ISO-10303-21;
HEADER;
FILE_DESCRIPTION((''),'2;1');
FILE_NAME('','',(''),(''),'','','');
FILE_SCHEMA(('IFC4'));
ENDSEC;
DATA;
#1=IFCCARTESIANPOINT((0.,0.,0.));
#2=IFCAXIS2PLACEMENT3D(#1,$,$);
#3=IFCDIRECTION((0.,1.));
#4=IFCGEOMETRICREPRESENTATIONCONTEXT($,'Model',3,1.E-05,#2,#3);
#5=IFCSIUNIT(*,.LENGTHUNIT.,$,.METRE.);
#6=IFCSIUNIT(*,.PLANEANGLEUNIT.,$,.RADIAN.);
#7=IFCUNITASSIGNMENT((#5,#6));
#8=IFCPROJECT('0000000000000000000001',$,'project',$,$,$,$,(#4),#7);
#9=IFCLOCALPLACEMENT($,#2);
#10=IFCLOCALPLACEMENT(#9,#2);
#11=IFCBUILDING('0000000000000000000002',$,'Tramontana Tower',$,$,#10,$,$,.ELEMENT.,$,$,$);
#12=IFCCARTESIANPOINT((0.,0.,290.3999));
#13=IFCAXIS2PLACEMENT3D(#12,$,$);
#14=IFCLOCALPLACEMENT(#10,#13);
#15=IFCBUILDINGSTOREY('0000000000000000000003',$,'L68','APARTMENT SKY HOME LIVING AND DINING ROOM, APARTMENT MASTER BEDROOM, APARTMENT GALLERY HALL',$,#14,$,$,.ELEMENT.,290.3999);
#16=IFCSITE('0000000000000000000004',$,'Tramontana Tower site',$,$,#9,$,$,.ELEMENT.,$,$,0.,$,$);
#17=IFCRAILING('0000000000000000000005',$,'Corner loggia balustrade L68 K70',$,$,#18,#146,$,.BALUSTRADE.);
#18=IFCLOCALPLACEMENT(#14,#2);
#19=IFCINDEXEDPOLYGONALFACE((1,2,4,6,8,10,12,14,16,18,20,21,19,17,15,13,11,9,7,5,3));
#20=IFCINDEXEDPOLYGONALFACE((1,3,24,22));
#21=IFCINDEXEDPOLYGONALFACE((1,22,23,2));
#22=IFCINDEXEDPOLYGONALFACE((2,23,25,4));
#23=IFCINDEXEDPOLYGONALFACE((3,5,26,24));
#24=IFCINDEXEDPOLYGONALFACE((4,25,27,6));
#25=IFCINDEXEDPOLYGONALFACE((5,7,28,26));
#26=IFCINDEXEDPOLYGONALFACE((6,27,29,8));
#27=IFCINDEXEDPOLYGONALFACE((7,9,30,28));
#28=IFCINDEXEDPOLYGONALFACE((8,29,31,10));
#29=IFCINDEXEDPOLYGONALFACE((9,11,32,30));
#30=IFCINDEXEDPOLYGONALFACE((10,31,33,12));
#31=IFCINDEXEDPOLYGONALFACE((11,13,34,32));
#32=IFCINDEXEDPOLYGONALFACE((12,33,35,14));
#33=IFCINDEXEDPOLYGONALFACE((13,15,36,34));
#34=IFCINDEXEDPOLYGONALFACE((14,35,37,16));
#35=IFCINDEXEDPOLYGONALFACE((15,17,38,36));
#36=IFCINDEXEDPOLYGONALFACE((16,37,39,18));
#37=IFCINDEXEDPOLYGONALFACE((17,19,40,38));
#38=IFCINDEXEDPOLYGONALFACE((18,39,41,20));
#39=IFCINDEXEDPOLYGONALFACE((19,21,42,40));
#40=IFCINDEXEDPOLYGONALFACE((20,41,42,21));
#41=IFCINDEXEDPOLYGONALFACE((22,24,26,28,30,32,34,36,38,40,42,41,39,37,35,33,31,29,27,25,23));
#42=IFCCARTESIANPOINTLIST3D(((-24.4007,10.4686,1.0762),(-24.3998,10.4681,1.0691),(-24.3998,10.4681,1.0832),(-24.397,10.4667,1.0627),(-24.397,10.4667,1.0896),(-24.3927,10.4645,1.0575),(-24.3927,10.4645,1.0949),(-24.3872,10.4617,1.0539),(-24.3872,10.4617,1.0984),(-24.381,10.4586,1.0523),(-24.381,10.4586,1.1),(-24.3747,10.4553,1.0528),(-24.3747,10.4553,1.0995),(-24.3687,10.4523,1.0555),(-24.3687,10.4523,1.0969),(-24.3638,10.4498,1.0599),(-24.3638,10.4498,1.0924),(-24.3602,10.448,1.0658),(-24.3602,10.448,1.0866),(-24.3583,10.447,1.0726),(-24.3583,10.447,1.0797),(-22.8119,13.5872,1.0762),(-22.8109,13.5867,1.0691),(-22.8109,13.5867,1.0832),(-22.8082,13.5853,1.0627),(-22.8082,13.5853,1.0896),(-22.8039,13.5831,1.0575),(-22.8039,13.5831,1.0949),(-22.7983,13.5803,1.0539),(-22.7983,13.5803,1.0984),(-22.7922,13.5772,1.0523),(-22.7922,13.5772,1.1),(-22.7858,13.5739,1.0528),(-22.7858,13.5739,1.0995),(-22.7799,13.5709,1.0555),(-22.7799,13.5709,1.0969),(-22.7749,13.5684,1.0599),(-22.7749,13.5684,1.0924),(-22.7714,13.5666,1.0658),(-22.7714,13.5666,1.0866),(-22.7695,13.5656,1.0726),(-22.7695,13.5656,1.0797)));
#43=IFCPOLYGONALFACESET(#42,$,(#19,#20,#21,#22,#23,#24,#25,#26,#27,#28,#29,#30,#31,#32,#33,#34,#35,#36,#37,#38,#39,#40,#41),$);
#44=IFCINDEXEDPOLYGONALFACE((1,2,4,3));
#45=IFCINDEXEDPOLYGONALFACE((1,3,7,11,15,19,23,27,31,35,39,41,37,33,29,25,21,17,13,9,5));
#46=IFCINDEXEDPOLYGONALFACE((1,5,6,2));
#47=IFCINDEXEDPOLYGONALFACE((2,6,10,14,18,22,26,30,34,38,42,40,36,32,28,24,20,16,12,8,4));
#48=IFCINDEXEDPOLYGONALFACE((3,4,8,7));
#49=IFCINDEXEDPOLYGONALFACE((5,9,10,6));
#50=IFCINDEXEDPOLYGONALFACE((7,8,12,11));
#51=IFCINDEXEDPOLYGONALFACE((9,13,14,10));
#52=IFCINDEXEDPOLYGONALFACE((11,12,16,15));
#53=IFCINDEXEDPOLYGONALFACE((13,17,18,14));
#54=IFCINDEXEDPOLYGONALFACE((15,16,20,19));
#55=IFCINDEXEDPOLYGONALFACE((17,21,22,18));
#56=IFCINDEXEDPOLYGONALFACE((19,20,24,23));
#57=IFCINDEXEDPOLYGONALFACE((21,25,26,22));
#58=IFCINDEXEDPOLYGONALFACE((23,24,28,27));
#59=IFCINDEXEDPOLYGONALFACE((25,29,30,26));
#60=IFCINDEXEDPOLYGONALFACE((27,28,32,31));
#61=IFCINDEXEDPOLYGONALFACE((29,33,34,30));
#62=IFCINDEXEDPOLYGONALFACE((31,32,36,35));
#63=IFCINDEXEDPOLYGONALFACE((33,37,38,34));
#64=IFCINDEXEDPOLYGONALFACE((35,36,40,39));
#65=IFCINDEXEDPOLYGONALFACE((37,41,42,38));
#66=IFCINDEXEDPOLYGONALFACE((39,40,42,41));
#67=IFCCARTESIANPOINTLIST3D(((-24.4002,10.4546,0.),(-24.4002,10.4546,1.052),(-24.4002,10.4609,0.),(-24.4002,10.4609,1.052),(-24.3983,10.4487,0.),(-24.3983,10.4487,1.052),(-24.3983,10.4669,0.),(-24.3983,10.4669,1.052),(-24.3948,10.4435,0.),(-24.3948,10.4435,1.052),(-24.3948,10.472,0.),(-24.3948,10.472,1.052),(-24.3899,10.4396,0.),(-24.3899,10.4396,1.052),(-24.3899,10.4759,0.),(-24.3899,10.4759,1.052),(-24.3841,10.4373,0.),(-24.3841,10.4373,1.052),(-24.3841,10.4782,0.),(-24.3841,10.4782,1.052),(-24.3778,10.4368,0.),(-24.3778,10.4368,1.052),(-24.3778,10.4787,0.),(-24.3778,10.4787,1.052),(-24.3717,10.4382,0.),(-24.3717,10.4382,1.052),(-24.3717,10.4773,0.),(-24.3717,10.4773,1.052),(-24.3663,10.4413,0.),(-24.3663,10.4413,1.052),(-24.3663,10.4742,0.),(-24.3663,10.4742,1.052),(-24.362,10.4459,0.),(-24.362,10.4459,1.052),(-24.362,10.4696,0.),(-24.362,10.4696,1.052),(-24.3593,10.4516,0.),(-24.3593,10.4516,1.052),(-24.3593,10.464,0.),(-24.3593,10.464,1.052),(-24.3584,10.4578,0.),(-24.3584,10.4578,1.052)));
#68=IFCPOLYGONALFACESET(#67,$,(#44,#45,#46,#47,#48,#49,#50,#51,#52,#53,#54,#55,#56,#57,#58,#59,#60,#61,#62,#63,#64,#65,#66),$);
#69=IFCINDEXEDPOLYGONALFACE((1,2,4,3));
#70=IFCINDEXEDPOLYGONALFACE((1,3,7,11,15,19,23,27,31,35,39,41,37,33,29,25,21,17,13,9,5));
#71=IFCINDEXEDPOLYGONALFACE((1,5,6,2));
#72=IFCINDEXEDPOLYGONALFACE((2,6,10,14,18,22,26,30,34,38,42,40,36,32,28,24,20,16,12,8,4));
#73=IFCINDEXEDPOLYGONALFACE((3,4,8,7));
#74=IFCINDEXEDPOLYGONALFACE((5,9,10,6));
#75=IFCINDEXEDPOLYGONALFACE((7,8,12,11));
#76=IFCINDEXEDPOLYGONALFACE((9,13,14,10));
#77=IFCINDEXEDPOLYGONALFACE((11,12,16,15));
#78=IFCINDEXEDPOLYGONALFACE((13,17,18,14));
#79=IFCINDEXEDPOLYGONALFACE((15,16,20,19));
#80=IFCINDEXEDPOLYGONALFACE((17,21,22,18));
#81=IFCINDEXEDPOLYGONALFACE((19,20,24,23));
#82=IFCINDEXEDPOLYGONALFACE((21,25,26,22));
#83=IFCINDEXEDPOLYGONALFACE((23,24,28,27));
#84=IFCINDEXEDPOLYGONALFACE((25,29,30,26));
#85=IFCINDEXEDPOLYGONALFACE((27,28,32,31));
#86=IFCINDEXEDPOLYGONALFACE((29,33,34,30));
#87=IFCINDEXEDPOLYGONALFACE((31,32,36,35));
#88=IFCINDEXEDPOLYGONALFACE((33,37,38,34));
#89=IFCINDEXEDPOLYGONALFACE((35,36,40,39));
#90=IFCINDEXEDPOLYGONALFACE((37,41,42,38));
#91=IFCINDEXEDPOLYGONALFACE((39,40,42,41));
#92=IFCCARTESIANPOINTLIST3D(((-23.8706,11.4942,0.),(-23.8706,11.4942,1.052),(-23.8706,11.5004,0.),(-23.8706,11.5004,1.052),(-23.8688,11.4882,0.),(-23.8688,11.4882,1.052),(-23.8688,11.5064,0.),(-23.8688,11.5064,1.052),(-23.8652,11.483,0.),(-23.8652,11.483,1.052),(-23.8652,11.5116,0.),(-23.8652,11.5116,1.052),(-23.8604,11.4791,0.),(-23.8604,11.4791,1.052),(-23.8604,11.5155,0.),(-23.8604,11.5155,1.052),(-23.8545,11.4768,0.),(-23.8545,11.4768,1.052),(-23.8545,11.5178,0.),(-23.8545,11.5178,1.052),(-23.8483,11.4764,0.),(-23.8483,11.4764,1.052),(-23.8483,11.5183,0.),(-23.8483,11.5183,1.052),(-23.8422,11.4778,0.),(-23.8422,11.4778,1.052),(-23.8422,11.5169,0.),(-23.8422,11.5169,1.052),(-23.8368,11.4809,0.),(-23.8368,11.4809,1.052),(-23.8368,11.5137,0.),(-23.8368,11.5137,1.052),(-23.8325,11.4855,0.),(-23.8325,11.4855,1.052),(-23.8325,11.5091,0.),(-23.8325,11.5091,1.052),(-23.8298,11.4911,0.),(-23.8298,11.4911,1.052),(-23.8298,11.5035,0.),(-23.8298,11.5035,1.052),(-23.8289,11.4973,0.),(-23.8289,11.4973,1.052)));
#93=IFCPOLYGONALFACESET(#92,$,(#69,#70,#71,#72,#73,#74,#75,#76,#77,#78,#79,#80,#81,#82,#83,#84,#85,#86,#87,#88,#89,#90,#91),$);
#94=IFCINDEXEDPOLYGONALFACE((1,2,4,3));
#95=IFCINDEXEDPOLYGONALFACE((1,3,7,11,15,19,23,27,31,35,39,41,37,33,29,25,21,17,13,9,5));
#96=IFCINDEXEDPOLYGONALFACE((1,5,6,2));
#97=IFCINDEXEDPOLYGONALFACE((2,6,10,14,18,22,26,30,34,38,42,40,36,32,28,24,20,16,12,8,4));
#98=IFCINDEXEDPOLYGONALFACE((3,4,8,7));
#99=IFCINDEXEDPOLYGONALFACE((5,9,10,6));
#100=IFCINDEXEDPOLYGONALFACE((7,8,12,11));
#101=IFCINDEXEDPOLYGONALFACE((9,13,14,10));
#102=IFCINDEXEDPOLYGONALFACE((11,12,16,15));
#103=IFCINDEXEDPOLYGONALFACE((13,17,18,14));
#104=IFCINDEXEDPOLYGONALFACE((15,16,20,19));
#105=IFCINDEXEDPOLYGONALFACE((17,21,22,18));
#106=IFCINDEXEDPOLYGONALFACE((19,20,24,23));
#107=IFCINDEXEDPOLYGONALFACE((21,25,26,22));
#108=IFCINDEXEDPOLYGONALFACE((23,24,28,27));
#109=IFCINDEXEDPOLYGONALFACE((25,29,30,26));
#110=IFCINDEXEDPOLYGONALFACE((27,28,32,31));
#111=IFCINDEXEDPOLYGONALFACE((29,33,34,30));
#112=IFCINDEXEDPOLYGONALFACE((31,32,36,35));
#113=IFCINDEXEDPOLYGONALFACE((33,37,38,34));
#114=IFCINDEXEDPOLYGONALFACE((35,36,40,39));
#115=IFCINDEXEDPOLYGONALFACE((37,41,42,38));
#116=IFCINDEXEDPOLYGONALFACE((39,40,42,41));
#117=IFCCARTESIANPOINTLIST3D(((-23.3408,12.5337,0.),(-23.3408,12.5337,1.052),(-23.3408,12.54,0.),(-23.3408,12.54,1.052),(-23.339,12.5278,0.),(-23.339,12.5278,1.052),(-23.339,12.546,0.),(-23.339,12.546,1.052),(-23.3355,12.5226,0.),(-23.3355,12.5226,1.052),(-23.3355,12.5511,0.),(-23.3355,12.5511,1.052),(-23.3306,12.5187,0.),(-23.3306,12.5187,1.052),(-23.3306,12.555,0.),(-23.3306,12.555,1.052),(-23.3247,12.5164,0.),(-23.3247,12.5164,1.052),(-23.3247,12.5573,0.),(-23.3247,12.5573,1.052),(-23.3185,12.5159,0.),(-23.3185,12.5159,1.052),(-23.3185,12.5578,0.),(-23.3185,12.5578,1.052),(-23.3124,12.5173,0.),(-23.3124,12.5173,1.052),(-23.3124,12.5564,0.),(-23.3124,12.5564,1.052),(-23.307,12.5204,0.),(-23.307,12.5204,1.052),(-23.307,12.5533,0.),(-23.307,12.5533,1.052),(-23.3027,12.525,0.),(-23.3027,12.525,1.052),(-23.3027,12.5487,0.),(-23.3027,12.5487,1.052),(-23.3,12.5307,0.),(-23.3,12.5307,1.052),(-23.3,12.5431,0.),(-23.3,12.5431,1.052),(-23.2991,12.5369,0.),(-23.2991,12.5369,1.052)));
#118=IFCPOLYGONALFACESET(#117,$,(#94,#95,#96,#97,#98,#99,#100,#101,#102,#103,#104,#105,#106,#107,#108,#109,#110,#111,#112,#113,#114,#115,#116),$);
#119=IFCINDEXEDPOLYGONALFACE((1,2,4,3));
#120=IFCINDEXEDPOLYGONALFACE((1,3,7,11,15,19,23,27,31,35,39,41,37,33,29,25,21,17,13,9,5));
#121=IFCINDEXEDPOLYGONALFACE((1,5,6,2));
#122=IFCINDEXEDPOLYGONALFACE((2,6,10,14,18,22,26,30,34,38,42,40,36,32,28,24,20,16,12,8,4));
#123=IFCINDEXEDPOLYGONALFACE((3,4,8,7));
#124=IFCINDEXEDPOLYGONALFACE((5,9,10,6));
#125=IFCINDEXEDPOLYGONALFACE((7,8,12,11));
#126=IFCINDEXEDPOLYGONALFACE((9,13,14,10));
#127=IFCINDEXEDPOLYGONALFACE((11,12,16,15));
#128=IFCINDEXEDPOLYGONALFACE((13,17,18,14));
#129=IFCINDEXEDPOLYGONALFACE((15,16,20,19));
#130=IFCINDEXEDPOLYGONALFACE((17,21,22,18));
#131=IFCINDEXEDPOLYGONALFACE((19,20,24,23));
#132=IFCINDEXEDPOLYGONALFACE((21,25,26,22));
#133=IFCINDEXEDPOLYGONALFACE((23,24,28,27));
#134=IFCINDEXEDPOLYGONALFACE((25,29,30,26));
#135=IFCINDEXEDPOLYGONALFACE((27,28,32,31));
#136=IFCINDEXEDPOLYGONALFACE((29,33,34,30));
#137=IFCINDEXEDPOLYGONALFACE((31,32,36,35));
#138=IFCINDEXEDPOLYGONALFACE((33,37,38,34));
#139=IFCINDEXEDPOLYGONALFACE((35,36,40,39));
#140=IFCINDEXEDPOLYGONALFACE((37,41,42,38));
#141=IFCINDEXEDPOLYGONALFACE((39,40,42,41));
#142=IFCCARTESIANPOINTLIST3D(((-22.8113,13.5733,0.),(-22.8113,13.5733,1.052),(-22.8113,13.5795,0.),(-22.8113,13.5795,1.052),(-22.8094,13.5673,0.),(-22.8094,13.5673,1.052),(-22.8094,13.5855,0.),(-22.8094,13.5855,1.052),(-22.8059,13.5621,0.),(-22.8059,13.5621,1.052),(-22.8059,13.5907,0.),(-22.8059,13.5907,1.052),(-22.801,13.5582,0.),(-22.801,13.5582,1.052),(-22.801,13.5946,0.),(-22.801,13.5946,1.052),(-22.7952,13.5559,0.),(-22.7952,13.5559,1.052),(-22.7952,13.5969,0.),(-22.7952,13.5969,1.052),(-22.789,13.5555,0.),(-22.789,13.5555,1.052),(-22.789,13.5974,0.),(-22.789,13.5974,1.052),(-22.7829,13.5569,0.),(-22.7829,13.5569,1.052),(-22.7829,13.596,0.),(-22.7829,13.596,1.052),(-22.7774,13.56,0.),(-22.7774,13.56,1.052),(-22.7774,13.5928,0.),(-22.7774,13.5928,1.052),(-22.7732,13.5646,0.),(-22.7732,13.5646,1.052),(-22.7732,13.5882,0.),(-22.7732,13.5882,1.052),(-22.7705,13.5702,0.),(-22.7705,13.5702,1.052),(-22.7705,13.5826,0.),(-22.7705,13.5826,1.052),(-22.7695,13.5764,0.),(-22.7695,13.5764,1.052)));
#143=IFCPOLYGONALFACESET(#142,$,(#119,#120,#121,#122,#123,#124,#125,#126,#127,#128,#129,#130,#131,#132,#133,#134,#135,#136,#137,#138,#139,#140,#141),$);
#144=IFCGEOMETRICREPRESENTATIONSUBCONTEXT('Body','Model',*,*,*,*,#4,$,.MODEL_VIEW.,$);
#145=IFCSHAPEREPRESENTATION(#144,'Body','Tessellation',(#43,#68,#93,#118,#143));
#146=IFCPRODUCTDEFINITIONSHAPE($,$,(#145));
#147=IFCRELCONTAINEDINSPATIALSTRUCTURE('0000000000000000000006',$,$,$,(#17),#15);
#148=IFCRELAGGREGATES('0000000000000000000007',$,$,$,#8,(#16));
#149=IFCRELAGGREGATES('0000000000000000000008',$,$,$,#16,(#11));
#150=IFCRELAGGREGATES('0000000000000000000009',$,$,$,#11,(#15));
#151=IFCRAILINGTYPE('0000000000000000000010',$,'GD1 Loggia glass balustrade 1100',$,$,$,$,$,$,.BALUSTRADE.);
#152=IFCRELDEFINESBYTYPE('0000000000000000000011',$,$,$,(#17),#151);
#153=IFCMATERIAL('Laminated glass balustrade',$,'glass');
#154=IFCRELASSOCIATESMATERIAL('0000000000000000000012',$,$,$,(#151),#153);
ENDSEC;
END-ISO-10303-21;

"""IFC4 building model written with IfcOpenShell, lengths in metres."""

from ifc_helpers import new_model, si_unit, direction, frame, origin, origin_2d, place, context, subcontext, project, spatial, circle, extrude, material, type_object, element, save


model = new_model("IFC4")

# Units and contexts
model_context = context("Model", 3, precision=1e-05, world=origin(), true_north=direction((0.0, 1.0)))
body_context = subcontext(model_context, "Body", "Model", "MODEL_VIEW")
ifc_project = project(units=[si_unit("LENGTHUNIT", "METRE"), si_unit("PLANEANGLEUNIT", "RADIAN")], contexts=[model_context])

# Site, building, storey
site_placement = place(None, origin())
site = spatial("IfcSite", under=ifc_project, at=site_placement, Name="Tramontana Tower site", CompositionType="ELEMENT", RefElevation=0.0)
building_placement = place(site_placement, origin())
building = spatial("IfcBuilding", under=site, at=building_placement, Name="Tramontana Tower", CompositionType="ELEMENT")
storey_placement = place(building_placement, frame((0.0, 0.0, 290.3999)))
storey = spatial("IfcBuildingStorey", under=building, at=storey_placement, Name="L68", Description="APARTMENT SKY HOME LIVING AND DINING ROOM, APARTMENT MASTER BEDROOM, APARTMENT GALLERY HALL", CompositionType="ELEMENT", Elevation=290.3999)

# Railing
ifc_material_1 = material(Name="Laminated glass balustrade", Category="glass")
railing_type = type_object("IfcRailingType", Name="GD1 Loggia glass balustrade 1100", PredefinedType="BALUSTRADE", material=ifc_material_1)
railing_1_placement = place(storey_placement, frame((-24.3794, 10.4578, 0.0)))
element("IfcRailing", 1, at=railing_1_placement, inside=storey, type_object=railing_type, Name="Corner loggia balustrade L68 K70", PredefinedType="BALUSTRADE", context=body_context, shape_type="SweptSolid", body=[
    extrude(circle(Radius=0.0239, at=origin_2d()), frame((0.0, 0.0, 1.0762), z_axis=(0.453953, 0.891026, 0.0), x_axis=(-0.891026, 0.453953, 0.0)), (0.0, 0.0, 1.0), 3.5),
    extrude(circle(Radius=0.021, at=origin_2d()), origin(), (0.0, 0.0, 1.0), 1.052),
    extrude(circle(Radius=0.021, at=origin_2d()), frame((0.5295, 1.0396, 0.0)), (0.0, 0.0, 1.0), 1.052),
    extrude(circle(Radius=0.021, at=origin_2d()), frame((1.0593, 2.0791, 0.0)), (0.0, 0.0, 1.0), 1.052),
    extrude(circle(Radius=0.021, at=origin_2d()), frame((1.5889, 3.1187, 0.0)), (0.0, 0.0, 1.0), 1.052),
])

save(model, "model.ifc")
